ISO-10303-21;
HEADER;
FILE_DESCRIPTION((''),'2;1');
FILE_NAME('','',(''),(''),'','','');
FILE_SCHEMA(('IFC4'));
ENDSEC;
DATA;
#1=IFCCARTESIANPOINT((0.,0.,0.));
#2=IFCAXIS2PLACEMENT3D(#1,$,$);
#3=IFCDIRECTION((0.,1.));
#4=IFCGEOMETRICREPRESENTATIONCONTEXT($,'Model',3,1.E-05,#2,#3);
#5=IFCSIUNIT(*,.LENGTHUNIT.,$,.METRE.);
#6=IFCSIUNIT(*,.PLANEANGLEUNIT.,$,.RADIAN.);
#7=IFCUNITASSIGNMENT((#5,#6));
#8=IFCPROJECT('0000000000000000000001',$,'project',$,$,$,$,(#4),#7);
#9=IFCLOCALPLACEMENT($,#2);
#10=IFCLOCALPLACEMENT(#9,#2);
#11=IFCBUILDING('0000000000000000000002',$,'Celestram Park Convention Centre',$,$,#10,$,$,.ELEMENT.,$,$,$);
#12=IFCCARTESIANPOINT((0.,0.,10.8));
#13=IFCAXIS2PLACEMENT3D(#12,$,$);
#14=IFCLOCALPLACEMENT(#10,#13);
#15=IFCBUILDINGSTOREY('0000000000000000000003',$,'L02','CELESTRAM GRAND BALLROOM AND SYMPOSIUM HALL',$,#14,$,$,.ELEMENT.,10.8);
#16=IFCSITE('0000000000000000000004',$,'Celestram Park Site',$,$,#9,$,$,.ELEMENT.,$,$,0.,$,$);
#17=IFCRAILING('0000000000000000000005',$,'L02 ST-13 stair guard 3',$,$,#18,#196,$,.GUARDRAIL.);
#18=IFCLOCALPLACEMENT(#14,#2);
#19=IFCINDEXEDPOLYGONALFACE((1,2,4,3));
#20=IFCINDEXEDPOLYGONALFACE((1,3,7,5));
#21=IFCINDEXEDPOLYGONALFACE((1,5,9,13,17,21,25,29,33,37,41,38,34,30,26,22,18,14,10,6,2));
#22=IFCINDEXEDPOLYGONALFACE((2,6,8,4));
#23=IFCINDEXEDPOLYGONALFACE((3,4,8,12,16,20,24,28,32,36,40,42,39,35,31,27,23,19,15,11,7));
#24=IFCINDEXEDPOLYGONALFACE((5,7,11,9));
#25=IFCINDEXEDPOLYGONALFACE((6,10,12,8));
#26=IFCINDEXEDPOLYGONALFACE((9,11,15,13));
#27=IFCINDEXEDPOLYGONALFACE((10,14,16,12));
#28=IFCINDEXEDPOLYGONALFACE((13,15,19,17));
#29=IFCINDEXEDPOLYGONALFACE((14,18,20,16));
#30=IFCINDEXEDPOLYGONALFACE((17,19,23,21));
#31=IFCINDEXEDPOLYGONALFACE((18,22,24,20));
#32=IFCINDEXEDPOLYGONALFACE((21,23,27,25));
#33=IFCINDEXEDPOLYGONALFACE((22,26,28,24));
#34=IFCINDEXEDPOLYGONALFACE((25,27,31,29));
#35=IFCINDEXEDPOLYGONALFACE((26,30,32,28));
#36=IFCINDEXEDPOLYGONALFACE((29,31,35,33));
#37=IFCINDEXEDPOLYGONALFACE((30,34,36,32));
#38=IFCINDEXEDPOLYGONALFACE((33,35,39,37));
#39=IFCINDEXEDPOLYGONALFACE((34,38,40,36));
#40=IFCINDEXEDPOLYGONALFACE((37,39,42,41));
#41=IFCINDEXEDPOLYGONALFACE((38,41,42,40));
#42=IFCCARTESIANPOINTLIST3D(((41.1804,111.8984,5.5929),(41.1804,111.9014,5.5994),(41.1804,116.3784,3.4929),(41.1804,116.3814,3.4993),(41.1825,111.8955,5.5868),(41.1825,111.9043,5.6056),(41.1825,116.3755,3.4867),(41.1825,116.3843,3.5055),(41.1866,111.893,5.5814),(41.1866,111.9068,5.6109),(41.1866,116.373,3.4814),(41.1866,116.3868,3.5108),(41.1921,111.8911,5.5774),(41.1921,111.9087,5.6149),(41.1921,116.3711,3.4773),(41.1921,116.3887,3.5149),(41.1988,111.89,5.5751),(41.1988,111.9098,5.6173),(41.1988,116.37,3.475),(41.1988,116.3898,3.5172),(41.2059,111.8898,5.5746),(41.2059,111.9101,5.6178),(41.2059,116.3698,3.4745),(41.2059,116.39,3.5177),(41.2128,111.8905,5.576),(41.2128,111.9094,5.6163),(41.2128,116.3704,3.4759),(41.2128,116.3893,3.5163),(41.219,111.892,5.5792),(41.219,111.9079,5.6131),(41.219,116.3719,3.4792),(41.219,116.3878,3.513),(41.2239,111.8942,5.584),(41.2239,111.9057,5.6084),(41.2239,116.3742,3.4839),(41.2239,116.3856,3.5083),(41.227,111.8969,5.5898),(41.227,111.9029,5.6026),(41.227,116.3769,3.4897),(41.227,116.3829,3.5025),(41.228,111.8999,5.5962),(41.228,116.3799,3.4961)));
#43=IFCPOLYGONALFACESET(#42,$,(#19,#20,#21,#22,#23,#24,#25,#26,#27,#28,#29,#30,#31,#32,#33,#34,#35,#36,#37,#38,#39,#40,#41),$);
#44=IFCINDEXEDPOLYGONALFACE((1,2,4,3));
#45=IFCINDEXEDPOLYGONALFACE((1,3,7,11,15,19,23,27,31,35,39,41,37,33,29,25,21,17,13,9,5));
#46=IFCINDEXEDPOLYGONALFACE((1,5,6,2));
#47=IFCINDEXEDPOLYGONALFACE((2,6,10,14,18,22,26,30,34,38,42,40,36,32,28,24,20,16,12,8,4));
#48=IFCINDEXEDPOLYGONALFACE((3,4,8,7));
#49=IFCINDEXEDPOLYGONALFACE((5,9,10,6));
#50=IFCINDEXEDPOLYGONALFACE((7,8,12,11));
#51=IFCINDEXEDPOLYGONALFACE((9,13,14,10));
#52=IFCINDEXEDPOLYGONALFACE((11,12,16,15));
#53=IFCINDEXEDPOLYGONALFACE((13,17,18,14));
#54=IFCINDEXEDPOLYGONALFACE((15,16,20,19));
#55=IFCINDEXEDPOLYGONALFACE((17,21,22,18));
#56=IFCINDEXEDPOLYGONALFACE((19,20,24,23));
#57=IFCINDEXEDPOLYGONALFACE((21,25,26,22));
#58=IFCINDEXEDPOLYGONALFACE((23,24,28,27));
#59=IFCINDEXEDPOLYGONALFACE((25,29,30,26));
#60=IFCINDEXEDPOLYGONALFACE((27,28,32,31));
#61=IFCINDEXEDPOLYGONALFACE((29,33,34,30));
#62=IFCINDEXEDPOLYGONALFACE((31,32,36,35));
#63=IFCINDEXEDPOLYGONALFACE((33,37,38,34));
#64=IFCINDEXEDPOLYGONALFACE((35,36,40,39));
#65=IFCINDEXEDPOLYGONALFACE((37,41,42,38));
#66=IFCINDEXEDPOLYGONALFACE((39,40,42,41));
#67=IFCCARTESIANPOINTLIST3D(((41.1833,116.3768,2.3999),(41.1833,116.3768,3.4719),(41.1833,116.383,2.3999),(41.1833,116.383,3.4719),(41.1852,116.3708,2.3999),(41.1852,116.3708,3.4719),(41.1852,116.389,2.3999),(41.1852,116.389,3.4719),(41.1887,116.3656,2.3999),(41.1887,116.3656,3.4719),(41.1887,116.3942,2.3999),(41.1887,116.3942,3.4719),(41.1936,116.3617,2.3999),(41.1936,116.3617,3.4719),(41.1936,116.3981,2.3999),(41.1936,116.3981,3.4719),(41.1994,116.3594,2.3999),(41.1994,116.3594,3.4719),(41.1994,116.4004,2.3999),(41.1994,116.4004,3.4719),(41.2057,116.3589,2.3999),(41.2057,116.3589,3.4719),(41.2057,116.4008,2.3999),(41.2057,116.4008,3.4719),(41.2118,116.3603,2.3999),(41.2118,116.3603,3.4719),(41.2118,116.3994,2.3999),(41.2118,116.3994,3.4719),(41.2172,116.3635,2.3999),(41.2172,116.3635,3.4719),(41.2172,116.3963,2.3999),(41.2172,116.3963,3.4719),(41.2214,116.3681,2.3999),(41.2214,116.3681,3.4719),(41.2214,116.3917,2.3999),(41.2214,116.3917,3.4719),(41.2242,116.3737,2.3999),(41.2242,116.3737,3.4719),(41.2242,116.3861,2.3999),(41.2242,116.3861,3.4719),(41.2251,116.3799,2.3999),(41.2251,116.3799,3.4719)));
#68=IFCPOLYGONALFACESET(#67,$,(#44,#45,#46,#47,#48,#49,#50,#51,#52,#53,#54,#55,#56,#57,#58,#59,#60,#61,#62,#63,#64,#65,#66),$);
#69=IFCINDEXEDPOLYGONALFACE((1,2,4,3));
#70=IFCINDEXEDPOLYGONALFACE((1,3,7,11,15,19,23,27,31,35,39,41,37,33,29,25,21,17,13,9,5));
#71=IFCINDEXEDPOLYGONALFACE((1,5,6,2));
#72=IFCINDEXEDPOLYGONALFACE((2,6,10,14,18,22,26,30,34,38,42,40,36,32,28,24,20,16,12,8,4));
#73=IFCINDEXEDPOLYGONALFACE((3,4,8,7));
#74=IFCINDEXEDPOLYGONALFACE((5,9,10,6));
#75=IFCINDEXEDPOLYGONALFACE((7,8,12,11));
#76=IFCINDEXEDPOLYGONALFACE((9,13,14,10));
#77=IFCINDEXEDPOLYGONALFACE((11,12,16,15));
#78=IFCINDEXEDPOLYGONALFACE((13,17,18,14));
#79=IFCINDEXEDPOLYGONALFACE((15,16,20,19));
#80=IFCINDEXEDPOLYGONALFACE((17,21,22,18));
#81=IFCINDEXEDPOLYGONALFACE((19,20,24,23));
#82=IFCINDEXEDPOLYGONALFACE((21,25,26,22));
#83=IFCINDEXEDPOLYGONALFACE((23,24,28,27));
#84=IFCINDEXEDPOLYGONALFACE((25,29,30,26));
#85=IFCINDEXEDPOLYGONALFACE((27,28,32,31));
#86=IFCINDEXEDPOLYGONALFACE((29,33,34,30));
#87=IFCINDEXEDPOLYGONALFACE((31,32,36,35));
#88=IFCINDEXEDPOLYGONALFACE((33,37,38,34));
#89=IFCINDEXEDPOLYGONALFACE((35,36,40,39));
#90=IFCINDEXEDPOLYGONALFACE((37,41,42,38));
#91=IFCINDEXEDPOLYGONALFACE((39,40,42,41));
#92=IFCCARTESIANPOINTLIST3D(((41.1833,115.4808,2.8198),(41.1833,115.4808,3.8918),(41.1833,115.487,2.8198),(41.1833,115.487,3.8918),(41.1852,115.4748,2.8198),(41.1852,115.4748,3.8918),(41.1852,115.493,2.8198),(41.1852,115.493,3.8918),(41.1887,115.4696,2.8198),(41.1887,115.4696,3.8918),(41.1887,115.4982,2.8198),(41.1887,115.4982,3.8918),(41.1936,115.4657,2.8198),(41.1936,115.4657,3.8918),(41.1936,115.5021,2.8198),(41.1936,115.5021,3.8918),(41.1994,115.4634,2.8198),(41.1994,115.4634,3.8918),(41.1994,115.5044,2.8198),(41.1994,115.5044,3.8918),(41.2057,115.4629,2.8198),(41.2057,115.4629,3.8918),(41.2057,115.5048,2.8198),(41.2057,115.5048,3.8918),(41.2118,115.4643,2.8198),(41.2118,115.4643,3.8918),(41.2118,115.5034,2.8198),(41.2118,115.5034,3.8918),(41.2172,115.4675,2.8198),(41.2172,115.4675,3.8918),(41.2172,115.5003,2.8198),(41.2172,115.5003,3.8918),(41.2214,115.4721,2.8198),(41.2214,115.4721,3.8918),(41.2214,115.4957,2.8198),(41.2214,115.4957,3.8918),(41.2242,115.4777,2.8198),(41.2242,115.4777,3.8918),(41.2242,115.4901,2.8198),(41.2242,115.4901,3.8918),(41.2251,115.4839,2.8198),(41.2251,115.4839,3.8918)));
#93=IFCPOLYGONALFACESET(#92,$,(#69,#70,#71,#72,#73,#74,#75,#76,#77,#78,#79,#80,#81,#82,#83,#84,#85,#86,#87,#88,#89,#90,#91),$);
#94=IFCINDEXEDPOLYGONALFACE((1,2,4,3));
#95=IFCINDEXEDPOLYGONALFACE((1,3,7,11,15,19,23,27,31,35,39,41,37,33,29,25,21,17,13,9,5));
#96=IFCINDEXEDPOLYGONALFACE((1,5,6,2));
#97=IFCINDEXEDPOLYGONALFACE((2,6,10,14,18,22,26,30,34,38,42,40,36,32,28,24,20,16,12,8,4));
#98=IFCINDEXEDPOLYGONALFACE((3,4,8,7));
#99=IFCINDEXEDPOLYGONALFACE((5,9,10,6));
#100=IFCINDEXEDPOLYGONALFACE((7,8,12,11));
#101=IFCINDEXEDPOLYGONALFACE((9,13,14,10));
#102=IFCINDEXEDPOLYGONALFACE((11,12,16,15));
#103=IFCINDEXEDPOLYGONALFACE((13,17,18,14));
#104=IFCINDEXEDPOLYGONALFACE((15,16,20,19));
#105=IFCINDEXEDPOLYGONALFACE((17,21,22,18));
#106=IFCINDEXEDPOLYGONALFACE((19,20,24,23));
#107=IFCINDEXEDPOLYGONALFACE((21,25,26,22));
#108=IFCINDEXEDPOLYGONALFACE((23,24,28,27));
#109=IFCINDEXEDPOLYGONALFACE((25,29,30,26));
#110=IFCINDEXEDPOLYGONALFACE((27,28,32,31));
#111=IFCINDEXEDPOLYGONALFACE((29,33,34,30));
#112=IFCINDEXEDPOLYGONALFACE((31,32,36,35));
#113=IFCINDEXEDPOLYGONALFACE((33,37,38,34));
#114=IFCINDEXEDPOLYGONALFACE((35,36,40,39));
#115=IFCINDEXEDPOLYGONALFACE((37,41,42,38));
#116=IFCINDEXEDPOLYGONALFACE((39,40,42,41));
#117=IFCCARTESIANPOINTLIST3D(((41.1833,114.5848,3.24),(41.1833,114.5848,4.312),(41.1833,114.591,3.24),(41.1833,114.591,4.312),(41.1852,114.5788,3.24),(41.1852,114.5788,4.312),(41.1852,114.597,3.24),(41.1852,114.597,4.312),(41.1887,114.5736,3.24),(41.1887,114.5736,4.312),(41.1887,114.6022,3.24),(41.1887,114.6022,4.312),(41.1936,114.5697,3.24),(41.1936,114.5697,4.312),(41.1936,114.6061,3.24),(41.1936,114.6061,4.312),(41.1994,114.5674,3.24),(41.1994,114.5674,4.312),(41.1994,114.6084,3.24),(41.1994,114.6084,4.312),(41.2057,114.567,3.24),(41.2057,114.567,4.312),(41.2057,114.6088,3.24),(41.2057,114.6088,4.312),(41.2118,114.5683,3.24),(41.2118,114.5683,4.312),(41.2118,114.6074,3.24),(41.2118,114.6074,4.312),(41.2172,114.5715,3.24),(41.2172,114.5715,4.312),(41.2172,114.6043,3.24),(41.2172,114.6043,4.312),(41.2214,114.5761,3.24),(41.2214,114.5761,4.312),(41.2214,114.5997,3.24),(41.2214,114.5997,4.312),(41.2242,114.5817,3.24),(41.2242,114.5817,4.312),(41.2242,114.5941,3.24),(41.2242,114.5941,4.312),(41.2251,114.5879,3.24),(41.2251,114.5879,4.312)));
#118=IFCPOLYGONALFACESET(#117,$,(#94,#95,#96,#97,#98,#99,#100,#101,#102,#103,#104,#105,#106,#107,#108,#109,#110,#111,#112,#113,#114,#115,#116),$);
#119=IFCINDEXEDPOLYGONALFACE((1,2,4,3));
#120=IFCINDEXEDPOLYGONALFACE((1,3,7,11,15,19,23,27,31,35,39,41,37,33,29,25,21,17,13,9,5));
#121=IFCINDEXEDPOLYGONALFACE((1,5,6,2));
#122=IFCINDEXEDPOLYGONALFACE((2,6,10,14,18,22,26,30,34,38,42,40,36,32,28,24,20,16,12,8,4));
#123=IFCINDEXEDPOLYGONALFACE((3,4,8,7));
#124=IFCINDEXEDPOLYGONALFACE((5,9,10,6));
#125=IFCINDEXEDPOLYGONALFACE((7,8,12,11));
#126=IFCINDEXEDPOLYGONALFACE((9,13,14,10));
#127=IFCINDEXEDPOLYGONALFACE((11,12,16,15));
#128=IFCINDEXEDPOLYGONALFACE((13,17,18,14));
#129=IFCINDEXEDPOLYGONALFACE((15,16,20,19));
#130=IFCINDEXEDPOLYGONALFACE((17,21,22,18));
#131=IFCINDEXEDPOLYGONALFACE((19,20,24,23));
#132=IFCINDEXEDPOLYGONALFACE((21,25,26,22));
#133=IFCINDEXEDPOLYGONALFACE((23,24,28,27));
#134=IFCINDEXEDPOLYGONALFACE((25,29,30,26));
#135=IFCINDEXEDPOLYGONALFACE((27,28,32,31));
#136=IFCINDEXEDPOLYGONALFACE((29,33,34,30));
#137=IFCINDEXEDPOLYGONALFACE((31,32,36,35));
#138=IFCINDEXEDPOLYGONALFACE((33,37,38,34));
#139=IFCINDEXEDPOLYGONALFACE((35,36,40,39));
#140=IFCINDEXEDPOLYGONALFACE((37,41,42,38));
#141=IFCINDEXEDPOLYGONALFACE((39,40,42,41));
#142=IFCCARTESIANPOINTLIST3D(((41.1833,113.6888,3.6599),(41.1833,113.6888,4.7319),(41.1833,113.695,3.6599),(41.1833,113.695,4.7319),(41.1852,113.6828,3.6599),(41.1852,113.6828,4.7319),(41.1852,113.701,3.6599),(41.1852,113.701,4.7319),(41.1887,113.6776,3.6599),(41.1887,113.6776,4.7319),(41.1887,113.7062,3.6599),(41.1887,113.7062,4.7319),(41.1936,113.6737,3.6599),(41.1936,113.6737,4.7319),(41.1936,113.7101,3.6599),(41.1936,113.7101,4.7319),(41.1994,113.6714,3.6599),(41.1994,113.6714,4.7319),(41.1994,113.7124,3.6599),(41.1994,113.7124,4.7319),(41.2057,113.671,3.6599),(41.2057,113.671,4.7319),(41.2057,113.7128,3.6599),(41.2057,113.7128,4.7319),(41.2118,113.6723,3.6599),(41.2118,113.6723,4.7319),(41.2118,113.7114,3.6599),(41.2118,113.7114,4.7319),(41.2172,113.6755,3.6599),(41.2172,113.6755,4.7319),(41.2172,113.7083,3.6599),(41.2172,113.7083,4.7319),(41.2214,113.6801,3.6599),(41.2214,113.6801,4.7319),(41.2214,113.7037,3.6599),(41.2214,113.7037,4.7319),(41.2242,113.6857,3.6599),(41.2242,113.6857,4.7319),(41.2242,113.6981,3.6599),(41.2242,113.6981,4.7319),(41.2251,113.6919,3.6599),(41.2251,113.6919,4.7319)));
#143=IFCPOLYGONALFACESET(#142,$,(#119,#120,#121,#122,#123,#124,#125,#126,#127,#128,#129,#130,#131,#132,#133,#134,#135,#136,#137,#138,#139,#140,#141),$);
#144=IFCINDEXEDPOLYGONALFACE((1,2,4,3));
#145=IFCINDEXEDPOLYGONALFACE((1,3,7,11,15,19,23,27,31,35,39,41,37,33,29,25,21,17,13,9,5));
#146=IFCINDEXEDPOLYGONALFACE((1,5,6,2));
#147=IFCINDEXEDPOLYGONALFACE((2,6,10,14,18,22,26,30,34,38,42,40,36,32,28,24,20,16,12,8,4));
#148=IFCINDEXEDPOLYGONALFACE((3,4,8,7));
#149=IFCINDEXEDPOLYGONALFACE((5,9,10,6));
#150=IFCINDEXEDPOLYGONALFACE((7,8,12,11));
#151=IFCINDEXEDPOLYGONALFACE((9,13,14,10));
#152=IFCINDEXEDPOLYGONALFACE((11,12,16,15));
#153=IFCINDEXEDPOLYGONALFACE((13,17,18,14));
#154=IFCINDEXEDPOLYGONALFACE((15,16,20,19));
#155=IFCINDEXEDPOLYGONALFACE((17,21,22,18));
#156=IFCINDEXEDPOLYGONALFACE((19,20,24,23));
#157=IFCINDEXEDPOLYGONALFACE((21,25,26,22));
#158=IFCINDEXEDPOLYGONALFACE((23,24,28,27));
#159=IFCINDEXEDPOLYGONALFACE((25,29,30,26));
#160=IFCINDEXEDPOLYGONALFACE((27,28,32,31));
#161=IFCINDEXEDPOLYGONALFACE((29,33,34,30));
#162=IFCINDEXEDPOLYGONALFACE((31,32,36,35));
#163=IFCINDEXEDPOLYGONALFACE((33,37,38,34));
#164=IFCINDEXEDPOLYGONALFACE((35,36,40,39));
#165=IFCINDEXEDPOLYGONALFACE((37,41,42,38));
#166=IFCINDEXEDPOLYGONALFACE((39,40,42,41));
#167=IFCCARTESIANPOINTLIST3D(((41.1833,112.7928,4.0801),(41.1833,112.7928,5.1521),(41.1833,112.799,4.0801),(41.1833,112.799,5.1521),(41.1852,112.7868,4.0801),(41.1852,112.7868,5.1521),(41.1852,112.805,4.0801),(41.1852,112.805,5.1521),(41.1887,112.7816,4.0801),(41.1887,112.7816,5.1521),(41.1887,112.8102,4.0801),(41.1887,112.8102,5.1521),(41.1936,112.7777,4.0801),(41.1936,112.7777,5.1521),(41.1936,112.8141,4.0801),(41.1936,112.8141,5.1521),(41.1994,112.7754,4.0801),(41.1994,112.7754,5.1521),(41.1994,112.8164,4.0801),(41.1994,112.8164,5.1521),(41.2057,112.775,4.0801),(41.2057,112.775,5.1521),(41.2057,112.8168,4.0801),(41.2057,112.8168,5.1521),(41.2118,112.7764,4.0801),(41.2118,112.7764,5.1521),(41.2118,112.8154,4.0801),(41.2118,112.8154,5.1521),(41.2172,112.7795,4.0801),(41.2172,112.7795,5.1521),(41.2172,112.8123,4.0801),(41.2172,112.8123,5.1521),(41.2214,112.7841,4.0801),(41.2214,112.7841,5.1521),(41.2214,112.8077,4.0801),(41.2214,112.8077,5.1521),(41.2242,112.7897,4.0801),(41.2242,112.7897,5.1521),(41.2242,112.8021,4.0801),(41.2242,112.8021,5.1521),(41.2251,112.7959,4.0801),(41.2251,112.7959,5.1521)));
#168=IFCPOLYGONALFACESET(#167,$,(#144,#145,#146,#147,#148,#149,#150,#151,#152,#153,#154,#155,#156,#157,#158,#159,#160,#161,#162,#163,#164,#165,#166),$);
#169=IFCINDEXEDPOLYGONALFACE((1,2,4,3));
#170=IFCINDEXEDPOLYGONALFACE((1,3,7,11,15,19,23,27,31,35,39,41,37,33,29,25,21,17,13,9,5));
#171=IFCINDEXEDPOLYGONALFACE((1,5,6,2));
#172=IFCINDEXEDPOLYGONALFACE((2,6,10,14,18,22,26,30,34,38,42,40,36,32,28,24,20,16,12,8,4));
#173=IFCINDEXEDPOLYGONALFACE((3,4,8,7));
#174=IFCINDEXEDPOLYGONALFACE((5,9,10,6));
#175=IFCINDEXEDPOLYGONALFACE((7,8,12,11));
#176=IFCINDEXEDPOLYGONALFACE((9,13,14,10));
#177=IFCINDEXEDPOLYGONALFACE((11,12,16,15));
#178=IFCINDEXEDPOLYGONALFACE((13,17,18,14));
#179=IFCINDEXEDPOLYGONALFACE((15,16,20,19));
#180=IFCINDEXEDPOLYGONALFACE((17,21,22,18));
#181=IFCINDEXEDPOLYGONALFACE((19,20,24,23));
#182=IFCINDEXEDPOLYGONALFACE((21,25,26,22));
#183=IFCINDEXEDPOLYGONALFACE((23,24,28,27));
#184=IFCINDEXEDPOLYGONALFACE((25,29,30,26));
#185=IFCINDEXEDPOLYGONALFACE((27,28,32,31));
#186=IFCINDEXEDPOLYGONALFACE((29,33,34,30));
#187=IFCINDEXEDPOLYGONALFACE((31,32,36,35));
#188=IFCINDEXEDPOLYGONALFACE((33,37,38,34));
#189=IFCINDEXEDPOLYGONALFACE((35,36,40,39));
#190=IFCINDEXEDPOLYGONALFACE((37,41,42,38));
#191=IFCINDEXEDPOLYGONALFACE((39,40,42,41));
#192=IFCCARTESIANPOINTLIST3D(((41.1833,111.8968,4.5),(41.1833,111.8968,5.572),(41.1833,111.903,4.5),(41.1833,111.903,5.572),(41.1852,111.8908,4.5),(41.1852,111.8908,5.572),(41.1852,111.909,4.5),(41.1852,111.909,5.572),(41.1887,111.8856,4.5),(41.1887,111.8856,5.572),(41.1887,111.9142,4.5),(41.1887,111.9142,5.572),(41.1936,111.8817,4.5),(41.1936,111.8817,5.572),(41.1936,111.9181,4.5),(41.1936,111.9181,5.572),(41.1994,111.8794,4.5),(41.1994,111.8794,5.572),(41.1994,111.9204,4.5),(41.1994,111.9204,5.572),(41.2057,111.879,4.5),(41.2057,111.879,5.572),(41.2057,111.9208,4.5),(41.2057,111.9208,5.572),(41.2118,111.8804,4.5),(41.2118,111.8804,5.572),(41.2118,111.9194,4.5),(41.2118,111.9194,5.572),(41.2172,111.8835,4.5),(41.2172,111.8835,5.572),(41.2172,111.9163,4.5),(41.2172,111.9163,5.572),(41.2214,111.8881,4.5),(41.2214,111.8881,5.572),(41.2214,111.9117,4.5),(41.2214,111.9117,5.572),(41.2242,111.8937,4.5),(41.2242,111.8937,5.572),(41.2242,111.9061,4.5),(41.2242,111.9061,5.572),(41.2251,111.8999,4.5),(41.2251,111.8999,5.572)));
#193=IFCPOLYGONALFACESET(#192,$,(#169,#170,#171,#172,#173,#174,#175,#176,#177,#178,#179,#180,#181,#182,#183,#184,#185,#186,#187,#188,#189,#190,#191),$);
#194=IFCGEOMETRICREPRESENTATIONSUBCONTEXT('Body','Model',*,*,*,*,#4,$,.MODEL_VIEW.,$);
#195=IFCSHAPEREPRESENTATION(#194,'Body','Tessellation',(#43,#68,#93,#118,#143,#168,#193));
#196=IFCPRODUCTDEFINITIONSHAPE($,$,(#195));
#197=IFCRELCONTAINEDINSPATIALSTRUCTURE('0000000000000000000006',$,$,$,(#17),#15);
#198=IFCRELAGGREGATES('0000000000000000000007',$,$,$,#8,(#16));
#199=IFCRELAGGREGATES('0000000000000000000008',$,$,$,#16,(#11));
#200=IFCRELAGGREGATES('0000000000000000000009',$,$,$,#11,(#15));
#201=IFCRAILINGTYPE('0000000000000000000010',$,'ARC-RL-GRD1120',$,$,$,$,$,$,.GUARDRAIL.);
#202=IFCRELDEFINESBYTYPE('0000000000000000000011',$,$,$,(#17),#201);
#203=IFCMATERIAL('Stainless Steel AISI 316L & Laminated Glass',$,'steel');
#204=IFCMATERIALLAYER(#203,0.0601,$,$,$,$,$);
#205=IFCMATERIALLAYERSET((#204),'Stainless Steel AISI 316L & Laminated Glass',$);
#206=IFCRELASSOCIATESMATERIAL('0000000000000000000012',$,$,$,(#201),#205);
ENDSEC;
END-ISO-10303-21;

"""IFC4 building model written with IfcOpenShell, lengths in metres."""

from ifc_helpers import new_model, si_unit, direction, frame, origin, origin_2d, place, context, subcontext, project, spatial, circle, extrude, material, layer, layer_set, type_object, element, save


model = new_model("IFC4")

# Units and contexts
model_context = context("Model", 3, precision=1e-05, world=origin(), true_north=direction((0.0, 1.0)))
body_context = subcontext(model_context, "Body", "Model", "MODEL_VIEW")
ifc_project = project(units=[si_unit("LENGTHUNIT", "METRE"), si_unit("PLANEANGLEUNIT", "RADIAN")], contexts=[model_context])

# Site, building, storey
site_placement = place(None, origin())
site = spatial("IfcSite", under=ifc_project, at=site_placement, Name="Celestram Park Site", CompositionType="ELEMENT", RefElevation=0.0)
building_placement = place(site_placement, origin())
building = spatial("IfcBuilding", under=site, at=building_placement, Name="Celestram Park Convention Centre", CompositionType="ELEMENT")
storey_placement = place(building_placement, frame((0.0, 0.0, 10.8)))
storey = spatial("IfcBuildingStorey", under=building, at=storey_placement, Name="L02", Description="CELESTRAM GRAND BALLROOM AND SYMPOSIUM HALL", CompositionType="ELEMENT", Elevation=10.8)

# Railing
ifc_material_1 = material(Name="Stainless Steel AISI 316L & Laminated Glass", Category="steel")
ifc_layer_1 = layer(ifc_material_1, 0.0601)
ifc_layer_set_1 = layer_set([ifc_layer_1], Name="Stainless Steel AISI 316L & Laminated Glass")
railing_type_1 = type_object("IfcRailingType", Name="ARC-RL-GRD1120", PredefinedType="GUARDRAIL", material=ifc_layer_set_1)
railing_1_placement = place(storey_placement, frame((41.2041, 116.3799, 2.3999)))
element("IfcRailing", 1, at=railing_1_placement, inside=storey, type_object=railing_type_1, Name="L02 ST-13 stair guard 3", PredefinedType="GUARDRAIL", context=body_context, shape_type="SweptSolid", body=[
    extrude(circle(Radius=0.0239, at=origin_2d()), frame((0.0, 0.0, 1.0962), z_axis=(0.0, -0.905451, 0.424452), x_axis=(1.0, 0.0, 0.0)), (0.0, 0.0, 1.0), 4.9478),
    extrude(circle(Radius=0.021, at=origin_2d()), origin(), (0.0, 0.0, 1.0), 1.072),
    extrude(circle(Radius=0.021, at=origin_2d()), frame((0.0, -0.896, 0.4199)), (0.0, 0.0, 1.0), 1.072),
    extrude(circle(Radius=0.021, at=origin_2d()), frame((0.0, -1.792, 0.8401)), (0.0, 0.0, 1.0), 1.072),
    extrude(circle(Radius=0.021, at=origin_2d()), frame((0.0, -2.688, 1.26)), (0.0, 0.0, 1.0), 1.072),
    extrude(circle(Radius=0.021, at=origin_2d()), frame((0.0, -3.584, 1.6802)), (0.0, 0.0, 1.0), 1.072),
    extrude(circle(Radius=0.021, at=origin_2d()), frame((0.0, -4.48, 2.1001)), (0.0, 0.0, 1.0), 1.072),
])

save(model, "model.ifc")
